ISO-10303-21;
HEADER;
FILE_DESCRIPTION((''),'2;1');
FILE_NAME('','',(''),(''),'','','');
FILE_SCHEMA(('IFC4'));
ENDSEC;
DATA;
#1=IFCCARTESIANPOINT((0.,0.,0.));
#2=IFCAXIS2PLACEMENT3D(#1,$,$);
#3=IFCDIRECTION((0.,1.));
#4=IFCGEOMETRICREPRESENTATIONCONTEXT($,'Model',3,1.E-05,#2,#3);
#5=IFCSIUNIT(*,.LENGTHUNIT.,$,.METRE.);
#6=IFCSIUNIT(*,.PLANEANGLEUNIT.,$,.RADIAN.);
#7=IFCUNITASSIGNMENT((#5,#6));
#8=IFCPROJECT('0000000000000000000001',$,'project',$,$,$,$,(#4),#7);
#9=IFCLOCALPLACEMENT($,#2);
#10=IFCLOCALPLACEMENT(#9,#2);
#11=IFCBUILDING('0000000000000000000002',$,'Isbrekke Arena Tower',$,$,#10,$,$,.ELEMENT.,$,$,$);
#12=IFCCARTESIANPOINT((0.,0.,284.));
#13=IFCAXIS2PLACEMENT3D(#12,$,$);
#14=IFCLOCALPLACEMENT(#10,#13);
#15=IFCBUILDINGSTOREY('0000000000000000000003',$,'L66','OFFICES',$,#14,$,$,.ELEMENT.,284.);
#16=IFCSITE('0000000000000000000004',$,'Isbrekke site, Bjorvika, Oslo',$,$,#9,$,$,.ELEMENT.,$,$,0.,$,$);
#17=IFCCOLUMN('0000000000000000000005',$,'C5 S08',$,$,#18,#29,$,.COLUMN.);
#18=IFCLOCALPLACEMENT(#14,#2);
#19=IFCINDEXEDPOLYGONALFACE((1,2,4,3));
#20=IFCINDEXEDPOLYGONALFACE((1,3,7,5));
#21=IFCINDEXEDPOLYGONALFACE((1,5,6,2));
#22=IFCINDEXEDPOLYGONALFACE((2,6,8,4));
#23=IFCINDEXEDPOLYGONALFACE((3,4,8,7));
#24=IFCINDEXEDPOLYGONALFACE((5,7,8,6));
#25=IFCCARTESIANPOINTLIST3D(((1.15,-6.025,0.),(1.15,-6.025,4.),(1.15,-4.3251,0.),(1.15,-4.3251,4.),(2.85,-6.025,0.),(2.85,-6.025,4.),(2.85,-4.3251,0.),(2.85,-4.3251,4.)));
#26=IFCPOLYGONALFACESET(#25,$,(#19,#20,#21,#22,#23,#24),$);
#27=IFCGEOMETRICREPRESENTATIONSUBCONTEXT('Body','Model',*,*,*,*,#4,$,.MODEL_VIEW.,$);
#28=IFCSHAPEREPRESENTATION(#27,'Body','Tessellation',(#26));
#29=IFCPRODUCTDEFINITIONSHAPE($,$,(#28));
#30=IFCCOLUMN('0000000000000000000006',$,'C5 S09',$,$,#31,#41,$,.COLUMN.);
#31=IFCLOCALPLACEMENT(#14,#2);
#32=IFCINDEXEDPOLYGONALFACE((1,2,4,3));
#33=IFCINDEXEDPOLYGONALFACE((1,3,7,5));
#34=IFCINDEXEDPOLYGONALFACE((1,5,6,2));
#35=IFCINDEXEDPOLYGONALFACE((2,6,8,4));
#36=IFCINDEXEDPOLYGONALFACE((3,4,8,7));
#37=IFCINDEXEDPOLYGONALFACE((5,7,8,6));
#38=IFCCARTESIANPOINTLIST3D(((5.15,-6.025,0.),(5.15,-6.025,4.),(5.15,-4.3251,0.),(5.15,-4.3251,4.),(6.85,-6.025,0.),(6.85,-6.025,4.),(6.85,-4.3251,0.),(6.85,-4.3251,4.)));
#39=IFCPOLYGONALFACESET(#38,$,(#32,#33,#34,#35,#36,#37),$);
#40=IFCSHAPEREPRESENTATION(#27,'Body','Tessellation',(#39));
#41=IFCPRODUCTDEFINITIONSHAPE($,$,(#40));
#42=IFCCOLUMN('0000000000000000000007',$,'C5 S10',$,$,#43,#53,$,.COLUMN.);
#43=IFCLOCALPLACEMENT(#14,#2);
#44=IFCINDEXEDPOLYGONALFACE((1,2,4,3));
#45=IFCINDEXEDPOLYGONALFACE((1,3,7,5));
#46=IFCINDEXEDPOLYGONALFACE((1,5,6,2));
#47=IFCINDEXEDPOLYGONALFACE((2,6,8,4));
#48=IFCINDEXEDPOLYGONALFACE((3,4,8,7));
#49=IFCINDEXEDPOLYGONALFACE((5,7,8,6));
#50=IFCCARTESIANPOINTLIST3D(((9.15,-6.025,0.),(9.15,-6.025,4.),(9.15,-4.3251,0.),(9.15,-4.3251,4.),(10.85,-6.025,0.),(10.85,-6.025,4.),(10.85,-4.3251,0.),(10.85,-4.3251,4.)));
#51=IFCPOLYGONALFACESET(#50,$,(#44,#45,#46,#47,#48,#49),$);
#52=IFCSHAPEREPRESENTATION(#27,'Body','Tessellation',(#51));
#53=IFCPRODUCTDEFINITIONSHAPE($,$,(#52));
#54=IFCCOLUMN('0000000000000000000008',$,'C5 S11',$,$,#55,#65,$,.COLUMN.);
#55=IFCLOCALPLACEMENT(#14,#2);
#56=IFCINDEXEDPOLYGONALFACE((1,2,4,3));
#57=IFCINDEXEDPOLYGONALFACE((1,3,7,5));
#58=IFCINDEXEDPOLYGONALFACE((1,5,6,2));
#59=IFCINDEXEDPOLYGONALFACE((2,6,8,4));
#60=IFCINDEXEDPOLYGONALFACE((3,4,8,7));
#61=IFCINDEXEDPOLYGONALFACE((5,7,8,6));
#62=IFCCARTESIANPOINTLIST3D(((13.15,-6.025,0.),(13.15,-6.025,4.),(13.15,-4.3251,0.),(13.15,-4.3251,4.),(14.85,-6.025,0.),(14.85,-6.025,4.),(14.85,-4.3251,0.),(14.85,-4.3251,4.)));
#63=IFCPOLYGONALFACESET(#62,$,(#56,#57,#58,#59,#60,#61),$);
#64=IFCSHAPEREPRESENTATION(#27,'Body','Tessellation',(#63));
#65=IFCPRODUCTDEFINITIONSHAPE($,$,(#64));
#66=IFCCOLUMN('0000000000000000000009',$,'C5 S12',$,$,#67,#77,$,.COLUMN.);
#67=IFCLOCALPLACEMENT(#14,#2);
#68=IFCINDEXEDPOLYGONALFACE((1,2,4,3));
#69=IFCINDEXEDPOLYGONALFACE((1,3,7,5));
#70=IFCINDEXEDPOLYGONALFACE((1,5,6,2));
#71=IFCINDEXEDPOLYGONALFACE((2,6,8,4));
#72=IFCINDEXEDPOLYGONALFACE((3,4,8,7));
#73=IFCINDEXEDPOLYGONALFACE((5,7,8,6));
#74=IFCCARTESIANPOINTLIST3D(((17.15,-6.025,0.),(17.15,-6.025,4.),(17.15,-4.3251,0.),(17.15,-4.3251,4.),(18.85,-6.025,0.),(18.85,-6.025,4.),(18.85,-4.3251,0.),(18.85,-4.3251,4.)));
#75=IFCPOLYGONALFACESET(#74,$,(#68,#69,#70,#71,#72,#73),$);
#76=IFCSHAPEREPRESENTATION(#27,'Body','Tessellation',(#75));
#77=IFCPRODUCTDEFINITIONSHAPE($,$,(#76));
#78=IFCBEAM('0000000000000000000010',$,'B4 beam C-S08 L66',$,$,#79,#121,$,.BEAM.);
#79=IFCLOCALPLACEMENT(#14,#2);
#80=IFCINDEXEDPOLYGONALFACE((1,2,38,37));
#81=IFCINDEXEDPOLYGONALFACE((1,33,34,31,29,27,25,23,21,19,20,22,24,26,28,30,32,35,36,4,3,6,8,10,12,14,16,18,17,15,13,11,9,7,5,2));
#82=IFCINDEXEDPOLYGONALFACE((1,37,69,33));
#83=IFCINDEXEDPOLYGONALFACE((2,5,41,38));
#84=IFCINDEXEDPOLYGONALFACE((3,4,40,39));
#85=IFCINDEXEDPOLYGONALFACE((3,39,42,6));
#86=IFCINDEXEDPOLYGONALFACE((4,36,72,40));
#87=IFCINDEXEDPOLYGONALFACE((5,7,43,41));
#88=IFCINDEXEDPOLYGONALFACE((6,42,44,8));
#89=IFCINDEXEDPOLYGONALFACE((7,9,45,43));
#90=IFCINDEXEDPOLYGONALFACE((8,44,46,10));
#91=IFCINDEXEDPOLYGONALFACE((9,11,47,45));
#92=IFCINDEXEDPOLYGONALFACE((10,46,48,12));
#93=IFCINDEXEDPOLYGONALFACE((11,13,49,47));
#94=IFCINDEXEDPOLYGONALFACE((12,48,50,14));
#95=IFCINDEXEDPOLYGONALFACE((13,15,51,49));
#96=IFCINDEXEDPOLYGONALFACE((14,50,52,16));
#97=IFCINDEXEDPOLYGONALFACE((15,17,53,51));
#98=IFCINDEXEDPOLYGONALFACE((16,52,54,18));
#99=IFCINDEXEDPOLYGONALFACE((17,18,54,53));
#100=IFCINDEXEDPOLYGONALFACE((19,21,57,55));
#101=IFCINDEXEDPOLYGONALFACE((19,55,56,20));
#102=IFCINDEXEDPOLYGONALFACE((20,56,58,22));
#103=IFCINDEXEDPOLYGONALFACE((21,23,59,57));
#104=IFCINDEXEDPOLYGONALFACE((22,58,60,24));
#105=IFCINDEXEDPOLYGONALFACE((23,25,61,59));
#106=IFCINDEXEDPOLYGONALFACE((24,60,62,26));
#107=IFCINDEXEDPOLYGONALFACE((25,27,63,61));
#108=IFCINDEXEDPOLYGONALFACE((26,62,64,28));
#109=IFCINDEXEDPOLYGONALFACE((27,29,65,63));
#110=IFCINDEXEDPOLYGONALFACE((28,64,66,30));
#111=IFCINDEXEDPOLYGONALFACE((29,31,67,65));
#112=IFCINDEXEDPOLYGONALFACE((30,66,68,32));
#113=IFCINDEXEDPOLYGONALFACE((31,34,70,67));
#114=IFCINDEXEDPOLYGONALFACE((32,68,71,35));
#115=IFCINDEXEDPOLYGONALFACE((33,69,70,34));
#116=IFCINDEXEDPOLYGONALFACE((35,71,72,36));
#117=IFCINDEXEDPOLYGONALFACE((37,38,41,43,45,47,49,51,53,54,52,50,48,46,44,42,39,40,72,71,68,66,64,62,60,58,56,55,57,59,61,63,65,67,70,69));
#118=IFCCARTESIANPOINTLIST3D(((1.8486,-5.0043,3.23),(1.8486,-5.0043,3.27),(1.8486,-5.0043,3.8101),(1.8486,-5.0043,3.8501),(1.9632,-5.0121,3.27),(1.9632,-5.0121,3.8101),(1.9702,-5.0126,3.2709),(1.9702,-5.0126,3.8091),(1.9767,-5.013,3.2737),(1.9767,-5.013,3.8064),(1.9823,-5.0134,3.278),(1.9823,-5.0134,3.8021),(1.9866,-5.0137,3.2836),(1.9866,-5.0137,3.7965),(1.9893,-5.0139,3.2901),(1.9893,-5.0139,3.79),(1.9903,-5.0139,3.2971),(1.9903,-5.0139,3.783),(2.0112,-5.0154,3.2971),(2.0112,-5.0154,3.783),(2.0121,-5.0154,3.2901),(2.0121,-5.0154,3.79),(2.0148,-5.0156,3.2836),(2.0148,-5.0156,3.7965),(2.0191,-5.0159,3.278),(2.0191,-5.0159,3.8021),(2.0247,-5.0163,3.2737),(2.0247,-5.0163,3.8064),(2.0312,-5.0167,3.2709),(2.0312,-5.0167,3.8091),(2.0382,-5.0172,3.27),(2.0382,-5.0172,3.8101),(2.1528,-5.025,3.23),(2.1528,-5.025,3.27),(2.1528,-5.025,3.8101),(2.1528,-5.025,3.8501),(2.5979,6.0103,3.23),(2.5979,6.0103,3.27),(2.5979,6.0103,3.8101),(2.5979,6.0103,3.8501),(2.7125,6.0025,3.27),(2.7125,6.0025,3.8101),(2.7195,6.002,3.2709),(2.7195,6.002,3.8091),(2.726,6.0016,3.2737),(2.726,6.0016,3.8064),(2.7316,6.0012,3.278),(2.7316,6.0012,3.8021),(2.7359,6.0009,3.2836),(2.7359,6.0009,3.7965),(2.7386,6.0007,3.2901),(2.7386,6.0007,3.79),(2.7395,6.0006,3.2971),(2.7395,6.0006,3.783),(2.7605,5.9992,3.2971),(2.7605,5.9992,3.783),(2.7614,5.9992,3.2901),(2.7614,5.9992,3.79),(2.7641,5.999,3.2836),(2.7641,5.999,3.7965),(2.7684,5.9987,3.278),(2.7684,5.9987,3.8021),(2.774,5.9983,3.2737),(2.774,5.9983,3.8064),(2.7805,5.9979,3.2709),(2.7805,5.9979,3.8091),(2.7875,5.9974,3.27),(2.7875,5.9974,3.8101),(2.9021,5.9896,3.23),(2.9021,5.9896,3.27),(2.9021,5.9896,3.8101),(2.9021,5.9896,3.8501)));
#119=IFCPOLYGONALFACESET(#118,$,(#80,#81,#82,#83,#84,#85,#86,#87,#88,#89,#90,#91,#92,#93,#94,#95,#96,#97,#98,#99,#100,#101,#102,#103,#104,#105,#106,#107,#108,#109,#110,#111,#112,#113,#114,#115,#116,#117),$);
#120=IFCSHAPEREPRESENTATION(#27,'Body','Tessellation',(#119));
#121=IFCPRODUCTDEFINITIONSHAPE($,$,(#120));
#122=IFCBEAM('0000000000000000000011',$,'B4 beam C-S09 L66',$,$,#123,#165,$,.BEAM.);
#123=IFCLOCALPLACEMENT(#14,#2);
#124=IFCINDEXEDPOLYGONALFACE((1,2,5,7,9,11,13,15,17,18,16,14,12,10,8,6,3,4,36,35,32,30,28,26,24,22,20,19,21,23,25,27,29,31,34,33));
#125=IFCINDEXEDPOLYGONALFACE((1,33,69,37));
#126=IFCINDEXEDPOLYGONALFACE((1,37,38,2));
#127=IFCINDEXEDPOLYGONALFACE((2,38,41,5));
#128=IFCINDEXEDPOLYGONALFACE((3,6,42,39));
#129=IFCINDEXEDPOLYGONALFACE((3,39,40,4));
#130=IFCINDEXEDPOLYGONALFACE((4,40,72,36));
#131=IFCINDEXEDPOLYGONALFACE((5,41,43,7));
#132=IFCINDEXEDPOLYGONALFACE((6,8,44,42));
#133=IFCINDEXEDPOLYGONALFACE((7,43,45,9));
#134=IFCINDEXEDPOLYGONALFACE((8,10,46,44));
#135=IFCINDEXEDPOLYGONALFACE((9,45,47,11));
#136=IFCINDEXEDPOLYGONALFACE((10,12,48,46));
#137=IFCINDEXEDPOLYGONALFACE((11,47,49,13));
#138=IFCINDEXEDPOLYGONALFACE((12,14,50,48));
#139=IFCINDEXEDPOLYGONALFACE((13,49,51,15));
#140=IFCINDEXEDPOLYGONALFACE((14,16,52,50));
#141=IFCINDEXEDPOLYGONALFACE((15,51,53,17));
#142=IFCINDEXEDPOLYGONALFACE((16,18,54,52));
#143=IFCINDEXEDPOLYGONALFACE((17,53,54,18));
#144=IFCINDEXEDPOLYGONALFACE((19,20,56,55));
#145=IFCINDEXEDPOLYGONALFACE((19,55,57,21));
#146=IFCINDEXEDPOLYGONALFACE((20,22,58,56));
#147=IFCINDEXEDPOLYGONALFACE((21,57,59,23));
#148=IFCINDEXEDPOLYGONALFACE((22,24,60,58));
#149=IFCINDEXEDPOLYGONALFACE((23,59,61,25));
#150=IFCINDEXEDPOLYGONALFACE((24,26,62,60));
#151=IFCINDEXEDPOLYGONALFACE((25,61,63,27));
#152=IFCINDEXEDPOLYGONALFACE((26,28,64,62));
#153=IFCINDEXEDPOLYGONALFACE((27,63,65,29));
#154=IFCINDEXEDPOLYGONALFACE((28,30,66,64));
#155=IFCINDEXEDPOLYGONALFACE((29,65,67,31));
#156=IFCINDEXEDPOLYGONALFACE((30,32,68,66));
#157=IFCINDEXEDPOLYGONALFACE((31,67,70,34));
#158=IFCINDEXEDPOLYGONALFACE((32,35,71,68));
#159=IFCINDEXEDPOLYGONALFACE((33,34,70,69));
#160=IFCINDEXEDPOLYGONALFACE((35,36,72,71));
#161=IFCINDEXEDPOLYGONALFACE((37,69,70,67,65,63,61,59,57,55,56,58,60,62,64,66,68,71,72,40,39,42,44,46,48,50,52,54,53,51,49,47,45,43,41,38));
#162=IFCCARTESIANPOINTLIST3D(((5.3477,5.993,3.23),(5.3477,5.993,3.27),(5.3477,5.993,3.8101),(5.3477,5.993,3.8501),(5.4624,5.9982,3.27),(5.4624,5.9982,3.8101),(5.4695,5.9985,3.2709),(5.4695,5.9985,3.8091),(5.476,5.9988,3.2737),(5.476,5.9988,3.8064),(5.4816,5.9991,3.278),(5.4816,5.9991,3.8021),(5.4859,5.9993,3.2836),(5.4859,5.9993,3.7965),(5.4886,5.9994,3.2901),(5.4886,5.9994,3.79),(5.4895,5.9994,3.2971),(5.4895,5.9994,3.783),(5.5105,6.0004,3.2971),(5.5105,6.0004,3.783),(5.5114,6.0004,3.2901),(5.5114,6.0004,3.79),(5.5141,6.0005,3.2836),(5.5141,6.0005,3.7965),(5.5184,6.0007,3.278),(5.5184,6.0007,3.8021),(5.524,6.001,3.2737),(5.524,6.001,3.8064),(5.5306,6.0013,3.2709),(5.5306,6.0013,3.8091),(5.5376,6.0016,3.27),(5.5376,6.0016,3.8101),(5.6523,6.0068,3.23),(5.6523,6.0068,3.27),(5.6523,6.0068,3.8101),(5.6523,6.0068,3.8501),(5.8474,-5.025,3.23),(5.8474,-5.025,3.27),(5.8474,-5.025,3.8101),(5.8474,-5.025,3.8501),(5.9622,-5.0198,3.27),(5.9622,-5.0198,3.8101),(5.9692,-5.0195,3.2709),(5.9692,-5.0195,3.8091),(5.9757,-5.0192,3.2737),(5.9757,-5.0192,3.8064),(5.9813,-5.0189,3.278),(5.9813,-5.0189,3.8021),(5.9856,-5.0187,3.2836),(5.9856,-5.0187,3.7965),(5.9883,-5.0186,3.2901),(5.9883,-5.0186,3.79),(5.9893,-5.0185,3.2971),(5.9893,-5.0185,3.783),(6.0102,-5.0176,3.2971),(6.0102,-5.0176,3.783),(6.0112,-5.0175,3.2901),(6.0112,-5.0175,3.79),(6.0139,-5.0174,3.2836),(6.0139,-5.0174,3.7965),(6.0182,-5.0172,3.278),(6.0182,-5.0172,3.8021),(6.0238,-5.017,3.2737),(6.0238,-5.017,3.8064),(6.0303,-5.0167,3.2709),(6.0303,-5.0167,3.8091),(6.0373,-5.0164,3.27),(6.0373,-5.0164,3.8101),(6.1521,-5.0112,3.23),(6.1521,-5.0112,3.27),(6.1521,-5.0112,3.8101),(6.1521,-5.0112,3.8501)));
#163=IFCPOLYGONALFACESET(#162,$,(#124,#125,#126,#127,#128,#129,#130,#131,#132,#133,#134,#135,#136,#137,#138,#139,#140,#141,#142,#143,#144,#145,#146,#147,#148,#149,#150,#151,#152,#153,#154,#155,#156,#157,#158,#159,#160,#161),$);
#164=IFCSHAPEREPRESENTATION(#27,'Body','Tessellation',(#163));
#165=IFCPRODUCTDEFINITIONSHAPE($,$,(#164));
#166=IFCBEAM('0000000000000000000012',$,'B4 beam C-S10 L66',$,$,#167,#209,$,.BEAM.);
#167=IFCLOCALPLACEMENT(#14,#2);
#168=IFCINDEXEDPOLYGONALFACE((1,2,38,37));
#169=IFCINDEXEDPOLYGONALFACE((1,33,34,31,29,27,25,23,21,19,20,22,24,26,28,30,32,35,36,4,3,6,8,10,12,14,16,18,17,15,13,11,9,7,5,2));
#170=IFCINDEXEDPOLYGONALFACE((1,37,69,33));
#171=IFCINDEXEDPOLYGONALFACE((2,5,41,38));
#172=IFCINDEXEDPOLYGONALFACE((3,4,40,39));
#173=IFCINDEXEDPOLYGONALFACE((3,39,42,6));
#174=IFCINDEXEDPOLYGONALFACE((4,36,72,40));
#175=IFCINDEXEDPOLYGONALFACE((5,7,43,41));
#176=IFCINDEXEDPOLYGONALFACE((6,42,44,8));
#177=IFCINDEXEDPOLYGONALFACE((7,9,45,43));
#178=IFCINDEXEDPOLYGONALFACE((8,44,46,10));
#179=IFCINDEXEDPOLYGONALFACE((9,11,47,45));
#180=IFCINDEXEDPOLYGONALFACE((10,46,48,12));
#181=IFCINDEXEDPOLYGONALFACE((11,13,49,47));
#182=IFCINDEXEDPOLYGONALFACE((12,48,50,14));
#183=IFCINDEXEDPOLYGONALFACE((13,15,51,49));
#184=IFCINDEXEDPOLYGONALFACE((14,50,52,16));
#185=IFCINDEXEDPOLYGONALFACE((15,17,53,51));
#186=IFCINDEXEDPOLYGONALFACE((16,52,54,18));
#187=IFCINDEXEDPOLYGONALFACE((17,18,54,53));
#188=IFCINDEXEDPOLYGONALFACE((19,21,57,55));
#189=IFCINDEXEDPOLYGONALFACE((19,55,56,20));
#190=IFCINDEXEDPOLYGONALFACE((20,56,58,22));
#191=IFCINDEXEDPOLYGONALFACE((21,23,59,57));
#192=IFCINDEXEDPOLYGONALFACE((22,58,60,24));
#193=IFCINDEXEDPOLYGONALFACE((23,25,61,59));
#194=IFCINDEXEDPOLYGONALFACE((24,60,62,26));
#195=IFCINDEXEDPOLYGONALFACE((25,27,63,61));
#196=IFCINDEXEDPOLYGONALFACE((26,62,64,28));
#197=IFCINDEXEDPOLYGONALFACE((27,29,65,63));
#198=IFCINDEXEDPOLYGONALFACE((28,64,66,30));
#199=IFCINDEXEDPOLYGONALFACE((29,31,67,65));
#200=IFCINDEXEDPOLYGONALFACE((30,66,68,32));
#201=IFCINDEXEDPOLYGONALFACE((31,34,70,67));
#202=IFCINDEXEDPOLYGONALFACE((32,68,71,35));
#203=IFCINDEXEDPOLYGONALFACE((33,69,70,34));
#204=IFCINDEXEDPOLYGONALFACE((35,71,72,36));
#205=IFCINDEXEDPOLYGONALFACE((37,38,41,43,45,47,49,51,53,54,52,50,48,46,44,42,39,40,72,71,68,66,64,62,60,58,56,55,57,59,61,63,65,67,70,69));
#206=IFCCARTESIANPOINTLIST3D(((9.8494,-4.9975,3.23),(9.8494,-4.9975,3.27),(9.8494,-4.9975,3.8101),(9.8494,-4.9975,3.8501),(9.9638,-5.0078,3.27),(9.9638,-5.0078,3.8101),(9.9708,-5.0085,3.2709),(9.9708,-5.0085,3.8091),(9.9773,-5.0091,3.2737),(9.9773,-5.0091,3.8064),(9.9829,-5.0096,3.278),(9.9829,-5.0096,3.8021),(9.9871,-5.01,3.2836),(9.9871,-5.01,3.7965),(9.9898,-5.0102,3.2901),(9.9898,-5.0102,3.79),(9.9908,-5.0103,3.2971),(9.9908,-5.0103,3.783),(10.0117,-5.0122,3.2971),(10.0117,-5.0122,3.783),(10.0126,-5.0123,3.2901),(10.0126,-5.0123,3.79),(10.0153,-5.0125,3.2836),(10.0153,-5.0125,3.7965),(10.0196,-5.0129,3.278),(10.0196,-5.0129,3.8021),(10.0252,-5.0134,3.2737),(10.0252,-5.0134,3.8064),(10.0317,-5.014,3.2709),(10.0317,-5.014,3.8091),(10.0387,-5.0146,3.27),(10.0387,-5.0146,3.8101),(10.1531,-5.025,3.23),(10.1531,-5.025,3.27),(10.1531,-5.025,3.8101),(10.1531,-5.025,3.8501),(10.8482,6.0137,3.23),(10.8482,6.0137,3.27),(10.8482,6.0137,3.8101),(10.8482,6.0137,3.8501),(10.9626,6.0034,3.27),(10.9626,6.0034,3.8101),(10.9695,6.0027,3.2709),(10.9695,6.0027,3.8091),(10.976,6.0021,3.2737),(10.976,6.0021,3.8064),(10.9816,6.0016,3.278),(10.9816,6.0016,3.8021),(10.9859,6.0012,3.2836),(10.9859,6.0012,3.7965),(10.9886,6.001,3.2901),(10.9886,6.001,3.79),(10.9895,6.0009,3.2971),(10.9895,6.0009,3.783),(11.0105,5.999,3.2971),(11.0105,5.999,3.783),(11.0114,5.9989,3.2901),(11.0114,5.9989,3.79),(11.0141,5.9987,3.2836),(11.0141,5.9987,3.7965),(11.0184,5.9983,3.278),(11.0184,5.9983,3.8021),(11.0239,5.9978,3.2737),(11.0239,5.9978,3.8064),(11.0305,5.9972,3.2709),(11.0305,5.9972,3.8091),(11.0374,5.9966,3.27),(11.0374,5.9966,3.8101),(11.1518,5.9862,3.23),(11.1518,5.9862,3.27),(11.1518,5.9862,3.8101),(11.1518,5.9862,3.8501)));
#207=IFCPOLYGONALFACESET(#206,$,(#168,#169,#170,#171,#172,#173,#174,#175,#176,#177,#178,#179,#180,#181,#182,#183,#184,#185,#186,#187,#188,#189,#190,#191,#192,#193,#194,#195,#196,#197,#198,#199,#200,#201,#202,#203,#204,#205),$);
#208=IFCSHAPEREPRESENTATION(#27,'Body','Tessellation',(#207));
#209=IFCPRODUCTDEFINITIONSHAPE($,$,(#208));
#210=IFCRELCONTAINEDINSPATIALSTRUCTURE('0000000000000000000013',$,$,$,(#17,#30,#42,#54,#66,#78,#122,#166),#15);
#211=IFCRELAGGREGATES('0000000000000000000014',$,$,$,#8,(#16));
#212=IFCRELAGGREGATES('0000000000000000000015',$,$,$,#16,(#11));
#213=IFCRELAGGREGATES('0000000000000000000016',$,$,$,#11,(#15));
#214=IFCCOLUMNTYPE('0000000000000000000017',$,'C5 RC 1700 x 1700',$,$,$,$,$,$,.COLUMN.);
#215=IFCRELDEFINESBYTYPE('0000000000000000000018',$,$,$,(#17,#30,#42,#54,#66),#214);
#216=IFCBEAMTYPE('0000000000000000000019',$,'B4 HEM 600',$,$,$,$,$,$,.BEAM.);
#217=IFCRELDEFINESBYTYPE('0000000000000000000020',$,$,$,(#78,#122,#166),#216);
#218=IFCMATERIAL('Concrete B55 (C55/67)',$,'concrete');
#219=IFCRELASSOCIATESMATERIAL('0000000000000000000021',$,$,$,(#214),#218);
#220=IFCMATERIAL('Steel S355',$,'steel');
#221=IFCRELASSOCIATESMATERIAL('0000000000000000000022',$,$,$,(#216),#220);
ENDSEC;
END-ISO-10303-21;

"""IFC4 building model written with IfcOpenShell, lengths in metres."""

from ifc_helpers import new_model, si_unit, direction, frame, origin, origin_2d, place, context, subcontext, project, spatial, rectangle, i_section, extrude, material, material_profile, profile_set, type_object, element, save


model = new_model("IFC4")

# Units and contexts
model_context = context("Model", 3, precision=1e-05, world=origin(), true_north=direction((0.0, 1.0)))
body_context = subcontext(model_context, "Body", "Model", "MODEL_VIEW")
ifc_project = project(units=[si_unit("LENGTHUNIT", "METRE"), si_unit("PLANEANGLEUNIT", "RADIAN")], contexts=[model_context])

# Site, building, storey
site_placement = place(None, origin())
site = spatial("IfcSite", under=ifc_project, at=site_placement, Name="Isbrekke site, Bjorvika, Oslo", CompositionType="ELEMENT", RefElevation=0.0)
building_placement = place(site_placement, origin())
building = spatial("IfcBuilding", under=site, at=building_placement, Name="Isbrekke Arena Tower", CompositionType="ELEMENT")
storey_placement = place(building_placement, frame((0.0, 0.0, 284.0)))
storey = spatial("IfcBuildingStorey", under=building, at=storey_placement, Name="L66", Description="OFFICES", CompositionType="ELEMENT", Elevation=284.0)

# Columns
ifc_material_1 = material(Name="Concrete B55 (C55/67)", Category="concrete")
ifc_material_profile_1 = material_profile(ifc_material_1, rectangle(XDim=1.7, YDim=1.7, at=origin_2d()), Name="RC 1700x1700")
ifc_profile_set_1 = profile_set([ifc_material_profile_1], Name="Concrete B55 (C55/67)")
column_type = type_object("IfcColumnType", Name="C5 RC 1700 x 1700", PredefinedType="COLUMN", material=ifc_profile_set_1)
for number, where, z_axis, x_axis, name in (
    (1, (2.0, -5.175, 0.0), (0.0, 0.0, 1.0), (1.0, 0.0, 0.0), "C5 S08"),
    (2, (6.0, -5.175, 0.0), (0.0, 0.0, 1.0), (1.0, 0.0, 0.0), "C5 S09"),
    (3, (10.0, -5.175, 0.0), (0.0, 0.0, 1.0), (1.0, 0.0, 0.0), "C5 S10"),
    (4, (14.0, -5.175, 0.0), (0.0, 0.0, 1.0), (1.0, 0.0, 0.0), "C5 S11"),
    (5, (18.0, -5.175, 0.0), (0.0, 0.0, 1.0), (1.0, 0.0, 0.0), "C5 S12"),
):
    element("IfcColumn", number, at=place(storey_placement, frame(where, z_axis=z_axis, x_axis=x_axis)), inside=storey, type_object=column_type, Name=name, PredefinedType="COLUMN", context=body_context, shape_type="SweptSolid", body=[
        extrude(rectangle(XDim=1.7, YDim=1.7, at=origin_2d()), origin(), (0.0, 0.0, 1.0), 4.0),
    ])

# Beams
ifc_material_2 = material(Name="Steel S355", Category="steel")
ifc_material_profile_2 = material_profile(ifc_material_2, i_section(OverallWidth=0.3049, OverallDepth=0.6201, WebThickness=0.021, FlangeThickness=0.04, FilletRadius=0.0271, at=origin_2d()), Name="HEM 600")
ifc_profile_set_2 = profile_set([ifc_material_profile_2], Name="Steel S355")
beam_type_1 = type_object("IfcBeamType", Name="B4 HEM 600", PredefinedType="BEAM", material=ifc_profile_set_2)
beam_1_placement = place(storey_placement, frame((2.0007, -5.0146, 3.54), z_axis=(0.067868, 0.997694, 0.0), x_axis=(-0.997694, 0.067868, 0.0)))
element("IfcBeam", 6, at=beam_1_placement, inside=storey, type_object=beam_type_1, Name="B4 beam C-S08 L66", PredefinedType="BEAM", context=body_context, shape_type="SweptSolid", body=[
    extrude(i_section(OverallWidth=0.3049, OverallDepth=0.6201, WebThickness=0.021, FlangeThickness=0.04, FilletRadius=0.0271, at=origin_2d()), origin(), (0.0, 0.0, 1.0), 11.04),
])
beam_2_placement = place(storey_placement, frame((5.9998, -5.0181, 3.54), z_axis=(-0.045311, 0.998973, 0.0), x_axis=(-0.998973, -0.045311, 0.0)))
element("IfcBeam", 7, at=beam_2_placement, inside=storey, type_object=beam_type_1, Name="B4 beam C-S09 L66", PredefinedType="BEAM", context=body_context, shape_type="SweptSolid", body=[
    extrude(i_section(OverallWidth=0.3049, OverallDepth=0.6201, WebThickness=0.021, FlangeThickness=0.04, FilletRadius=0.0271, at=origin_2d()), origin(), (0.0, 0.0, 1.0), 11.0293),
])
beam_3_placement = place(storey_placement, frame((10.0012, -5.0112, 3.54), z_axis=(0.090335, 0.995911, 0.0), x_axis=(-0.995911, 0.090335, 0.0)))
element("IfcBeam", 8, at=beam_3_placement, inside=storey, type_object=beam_type_1, Name="B4 beam C-S10 L66", PredefinedType="BEAM", context=body_context, shape_type="SweptSolid", body=[
    extrude(i_section(OverallWidth=0.3049, OverallDepth=0.6201, WebThickness=0.021, FlangeThickness=0.04, FilletRadius=0.0271, at=origin_2d()), origin(), (0.0, 0.0, 1.0), 11.0564),
])

save(model, "model.ifc")
